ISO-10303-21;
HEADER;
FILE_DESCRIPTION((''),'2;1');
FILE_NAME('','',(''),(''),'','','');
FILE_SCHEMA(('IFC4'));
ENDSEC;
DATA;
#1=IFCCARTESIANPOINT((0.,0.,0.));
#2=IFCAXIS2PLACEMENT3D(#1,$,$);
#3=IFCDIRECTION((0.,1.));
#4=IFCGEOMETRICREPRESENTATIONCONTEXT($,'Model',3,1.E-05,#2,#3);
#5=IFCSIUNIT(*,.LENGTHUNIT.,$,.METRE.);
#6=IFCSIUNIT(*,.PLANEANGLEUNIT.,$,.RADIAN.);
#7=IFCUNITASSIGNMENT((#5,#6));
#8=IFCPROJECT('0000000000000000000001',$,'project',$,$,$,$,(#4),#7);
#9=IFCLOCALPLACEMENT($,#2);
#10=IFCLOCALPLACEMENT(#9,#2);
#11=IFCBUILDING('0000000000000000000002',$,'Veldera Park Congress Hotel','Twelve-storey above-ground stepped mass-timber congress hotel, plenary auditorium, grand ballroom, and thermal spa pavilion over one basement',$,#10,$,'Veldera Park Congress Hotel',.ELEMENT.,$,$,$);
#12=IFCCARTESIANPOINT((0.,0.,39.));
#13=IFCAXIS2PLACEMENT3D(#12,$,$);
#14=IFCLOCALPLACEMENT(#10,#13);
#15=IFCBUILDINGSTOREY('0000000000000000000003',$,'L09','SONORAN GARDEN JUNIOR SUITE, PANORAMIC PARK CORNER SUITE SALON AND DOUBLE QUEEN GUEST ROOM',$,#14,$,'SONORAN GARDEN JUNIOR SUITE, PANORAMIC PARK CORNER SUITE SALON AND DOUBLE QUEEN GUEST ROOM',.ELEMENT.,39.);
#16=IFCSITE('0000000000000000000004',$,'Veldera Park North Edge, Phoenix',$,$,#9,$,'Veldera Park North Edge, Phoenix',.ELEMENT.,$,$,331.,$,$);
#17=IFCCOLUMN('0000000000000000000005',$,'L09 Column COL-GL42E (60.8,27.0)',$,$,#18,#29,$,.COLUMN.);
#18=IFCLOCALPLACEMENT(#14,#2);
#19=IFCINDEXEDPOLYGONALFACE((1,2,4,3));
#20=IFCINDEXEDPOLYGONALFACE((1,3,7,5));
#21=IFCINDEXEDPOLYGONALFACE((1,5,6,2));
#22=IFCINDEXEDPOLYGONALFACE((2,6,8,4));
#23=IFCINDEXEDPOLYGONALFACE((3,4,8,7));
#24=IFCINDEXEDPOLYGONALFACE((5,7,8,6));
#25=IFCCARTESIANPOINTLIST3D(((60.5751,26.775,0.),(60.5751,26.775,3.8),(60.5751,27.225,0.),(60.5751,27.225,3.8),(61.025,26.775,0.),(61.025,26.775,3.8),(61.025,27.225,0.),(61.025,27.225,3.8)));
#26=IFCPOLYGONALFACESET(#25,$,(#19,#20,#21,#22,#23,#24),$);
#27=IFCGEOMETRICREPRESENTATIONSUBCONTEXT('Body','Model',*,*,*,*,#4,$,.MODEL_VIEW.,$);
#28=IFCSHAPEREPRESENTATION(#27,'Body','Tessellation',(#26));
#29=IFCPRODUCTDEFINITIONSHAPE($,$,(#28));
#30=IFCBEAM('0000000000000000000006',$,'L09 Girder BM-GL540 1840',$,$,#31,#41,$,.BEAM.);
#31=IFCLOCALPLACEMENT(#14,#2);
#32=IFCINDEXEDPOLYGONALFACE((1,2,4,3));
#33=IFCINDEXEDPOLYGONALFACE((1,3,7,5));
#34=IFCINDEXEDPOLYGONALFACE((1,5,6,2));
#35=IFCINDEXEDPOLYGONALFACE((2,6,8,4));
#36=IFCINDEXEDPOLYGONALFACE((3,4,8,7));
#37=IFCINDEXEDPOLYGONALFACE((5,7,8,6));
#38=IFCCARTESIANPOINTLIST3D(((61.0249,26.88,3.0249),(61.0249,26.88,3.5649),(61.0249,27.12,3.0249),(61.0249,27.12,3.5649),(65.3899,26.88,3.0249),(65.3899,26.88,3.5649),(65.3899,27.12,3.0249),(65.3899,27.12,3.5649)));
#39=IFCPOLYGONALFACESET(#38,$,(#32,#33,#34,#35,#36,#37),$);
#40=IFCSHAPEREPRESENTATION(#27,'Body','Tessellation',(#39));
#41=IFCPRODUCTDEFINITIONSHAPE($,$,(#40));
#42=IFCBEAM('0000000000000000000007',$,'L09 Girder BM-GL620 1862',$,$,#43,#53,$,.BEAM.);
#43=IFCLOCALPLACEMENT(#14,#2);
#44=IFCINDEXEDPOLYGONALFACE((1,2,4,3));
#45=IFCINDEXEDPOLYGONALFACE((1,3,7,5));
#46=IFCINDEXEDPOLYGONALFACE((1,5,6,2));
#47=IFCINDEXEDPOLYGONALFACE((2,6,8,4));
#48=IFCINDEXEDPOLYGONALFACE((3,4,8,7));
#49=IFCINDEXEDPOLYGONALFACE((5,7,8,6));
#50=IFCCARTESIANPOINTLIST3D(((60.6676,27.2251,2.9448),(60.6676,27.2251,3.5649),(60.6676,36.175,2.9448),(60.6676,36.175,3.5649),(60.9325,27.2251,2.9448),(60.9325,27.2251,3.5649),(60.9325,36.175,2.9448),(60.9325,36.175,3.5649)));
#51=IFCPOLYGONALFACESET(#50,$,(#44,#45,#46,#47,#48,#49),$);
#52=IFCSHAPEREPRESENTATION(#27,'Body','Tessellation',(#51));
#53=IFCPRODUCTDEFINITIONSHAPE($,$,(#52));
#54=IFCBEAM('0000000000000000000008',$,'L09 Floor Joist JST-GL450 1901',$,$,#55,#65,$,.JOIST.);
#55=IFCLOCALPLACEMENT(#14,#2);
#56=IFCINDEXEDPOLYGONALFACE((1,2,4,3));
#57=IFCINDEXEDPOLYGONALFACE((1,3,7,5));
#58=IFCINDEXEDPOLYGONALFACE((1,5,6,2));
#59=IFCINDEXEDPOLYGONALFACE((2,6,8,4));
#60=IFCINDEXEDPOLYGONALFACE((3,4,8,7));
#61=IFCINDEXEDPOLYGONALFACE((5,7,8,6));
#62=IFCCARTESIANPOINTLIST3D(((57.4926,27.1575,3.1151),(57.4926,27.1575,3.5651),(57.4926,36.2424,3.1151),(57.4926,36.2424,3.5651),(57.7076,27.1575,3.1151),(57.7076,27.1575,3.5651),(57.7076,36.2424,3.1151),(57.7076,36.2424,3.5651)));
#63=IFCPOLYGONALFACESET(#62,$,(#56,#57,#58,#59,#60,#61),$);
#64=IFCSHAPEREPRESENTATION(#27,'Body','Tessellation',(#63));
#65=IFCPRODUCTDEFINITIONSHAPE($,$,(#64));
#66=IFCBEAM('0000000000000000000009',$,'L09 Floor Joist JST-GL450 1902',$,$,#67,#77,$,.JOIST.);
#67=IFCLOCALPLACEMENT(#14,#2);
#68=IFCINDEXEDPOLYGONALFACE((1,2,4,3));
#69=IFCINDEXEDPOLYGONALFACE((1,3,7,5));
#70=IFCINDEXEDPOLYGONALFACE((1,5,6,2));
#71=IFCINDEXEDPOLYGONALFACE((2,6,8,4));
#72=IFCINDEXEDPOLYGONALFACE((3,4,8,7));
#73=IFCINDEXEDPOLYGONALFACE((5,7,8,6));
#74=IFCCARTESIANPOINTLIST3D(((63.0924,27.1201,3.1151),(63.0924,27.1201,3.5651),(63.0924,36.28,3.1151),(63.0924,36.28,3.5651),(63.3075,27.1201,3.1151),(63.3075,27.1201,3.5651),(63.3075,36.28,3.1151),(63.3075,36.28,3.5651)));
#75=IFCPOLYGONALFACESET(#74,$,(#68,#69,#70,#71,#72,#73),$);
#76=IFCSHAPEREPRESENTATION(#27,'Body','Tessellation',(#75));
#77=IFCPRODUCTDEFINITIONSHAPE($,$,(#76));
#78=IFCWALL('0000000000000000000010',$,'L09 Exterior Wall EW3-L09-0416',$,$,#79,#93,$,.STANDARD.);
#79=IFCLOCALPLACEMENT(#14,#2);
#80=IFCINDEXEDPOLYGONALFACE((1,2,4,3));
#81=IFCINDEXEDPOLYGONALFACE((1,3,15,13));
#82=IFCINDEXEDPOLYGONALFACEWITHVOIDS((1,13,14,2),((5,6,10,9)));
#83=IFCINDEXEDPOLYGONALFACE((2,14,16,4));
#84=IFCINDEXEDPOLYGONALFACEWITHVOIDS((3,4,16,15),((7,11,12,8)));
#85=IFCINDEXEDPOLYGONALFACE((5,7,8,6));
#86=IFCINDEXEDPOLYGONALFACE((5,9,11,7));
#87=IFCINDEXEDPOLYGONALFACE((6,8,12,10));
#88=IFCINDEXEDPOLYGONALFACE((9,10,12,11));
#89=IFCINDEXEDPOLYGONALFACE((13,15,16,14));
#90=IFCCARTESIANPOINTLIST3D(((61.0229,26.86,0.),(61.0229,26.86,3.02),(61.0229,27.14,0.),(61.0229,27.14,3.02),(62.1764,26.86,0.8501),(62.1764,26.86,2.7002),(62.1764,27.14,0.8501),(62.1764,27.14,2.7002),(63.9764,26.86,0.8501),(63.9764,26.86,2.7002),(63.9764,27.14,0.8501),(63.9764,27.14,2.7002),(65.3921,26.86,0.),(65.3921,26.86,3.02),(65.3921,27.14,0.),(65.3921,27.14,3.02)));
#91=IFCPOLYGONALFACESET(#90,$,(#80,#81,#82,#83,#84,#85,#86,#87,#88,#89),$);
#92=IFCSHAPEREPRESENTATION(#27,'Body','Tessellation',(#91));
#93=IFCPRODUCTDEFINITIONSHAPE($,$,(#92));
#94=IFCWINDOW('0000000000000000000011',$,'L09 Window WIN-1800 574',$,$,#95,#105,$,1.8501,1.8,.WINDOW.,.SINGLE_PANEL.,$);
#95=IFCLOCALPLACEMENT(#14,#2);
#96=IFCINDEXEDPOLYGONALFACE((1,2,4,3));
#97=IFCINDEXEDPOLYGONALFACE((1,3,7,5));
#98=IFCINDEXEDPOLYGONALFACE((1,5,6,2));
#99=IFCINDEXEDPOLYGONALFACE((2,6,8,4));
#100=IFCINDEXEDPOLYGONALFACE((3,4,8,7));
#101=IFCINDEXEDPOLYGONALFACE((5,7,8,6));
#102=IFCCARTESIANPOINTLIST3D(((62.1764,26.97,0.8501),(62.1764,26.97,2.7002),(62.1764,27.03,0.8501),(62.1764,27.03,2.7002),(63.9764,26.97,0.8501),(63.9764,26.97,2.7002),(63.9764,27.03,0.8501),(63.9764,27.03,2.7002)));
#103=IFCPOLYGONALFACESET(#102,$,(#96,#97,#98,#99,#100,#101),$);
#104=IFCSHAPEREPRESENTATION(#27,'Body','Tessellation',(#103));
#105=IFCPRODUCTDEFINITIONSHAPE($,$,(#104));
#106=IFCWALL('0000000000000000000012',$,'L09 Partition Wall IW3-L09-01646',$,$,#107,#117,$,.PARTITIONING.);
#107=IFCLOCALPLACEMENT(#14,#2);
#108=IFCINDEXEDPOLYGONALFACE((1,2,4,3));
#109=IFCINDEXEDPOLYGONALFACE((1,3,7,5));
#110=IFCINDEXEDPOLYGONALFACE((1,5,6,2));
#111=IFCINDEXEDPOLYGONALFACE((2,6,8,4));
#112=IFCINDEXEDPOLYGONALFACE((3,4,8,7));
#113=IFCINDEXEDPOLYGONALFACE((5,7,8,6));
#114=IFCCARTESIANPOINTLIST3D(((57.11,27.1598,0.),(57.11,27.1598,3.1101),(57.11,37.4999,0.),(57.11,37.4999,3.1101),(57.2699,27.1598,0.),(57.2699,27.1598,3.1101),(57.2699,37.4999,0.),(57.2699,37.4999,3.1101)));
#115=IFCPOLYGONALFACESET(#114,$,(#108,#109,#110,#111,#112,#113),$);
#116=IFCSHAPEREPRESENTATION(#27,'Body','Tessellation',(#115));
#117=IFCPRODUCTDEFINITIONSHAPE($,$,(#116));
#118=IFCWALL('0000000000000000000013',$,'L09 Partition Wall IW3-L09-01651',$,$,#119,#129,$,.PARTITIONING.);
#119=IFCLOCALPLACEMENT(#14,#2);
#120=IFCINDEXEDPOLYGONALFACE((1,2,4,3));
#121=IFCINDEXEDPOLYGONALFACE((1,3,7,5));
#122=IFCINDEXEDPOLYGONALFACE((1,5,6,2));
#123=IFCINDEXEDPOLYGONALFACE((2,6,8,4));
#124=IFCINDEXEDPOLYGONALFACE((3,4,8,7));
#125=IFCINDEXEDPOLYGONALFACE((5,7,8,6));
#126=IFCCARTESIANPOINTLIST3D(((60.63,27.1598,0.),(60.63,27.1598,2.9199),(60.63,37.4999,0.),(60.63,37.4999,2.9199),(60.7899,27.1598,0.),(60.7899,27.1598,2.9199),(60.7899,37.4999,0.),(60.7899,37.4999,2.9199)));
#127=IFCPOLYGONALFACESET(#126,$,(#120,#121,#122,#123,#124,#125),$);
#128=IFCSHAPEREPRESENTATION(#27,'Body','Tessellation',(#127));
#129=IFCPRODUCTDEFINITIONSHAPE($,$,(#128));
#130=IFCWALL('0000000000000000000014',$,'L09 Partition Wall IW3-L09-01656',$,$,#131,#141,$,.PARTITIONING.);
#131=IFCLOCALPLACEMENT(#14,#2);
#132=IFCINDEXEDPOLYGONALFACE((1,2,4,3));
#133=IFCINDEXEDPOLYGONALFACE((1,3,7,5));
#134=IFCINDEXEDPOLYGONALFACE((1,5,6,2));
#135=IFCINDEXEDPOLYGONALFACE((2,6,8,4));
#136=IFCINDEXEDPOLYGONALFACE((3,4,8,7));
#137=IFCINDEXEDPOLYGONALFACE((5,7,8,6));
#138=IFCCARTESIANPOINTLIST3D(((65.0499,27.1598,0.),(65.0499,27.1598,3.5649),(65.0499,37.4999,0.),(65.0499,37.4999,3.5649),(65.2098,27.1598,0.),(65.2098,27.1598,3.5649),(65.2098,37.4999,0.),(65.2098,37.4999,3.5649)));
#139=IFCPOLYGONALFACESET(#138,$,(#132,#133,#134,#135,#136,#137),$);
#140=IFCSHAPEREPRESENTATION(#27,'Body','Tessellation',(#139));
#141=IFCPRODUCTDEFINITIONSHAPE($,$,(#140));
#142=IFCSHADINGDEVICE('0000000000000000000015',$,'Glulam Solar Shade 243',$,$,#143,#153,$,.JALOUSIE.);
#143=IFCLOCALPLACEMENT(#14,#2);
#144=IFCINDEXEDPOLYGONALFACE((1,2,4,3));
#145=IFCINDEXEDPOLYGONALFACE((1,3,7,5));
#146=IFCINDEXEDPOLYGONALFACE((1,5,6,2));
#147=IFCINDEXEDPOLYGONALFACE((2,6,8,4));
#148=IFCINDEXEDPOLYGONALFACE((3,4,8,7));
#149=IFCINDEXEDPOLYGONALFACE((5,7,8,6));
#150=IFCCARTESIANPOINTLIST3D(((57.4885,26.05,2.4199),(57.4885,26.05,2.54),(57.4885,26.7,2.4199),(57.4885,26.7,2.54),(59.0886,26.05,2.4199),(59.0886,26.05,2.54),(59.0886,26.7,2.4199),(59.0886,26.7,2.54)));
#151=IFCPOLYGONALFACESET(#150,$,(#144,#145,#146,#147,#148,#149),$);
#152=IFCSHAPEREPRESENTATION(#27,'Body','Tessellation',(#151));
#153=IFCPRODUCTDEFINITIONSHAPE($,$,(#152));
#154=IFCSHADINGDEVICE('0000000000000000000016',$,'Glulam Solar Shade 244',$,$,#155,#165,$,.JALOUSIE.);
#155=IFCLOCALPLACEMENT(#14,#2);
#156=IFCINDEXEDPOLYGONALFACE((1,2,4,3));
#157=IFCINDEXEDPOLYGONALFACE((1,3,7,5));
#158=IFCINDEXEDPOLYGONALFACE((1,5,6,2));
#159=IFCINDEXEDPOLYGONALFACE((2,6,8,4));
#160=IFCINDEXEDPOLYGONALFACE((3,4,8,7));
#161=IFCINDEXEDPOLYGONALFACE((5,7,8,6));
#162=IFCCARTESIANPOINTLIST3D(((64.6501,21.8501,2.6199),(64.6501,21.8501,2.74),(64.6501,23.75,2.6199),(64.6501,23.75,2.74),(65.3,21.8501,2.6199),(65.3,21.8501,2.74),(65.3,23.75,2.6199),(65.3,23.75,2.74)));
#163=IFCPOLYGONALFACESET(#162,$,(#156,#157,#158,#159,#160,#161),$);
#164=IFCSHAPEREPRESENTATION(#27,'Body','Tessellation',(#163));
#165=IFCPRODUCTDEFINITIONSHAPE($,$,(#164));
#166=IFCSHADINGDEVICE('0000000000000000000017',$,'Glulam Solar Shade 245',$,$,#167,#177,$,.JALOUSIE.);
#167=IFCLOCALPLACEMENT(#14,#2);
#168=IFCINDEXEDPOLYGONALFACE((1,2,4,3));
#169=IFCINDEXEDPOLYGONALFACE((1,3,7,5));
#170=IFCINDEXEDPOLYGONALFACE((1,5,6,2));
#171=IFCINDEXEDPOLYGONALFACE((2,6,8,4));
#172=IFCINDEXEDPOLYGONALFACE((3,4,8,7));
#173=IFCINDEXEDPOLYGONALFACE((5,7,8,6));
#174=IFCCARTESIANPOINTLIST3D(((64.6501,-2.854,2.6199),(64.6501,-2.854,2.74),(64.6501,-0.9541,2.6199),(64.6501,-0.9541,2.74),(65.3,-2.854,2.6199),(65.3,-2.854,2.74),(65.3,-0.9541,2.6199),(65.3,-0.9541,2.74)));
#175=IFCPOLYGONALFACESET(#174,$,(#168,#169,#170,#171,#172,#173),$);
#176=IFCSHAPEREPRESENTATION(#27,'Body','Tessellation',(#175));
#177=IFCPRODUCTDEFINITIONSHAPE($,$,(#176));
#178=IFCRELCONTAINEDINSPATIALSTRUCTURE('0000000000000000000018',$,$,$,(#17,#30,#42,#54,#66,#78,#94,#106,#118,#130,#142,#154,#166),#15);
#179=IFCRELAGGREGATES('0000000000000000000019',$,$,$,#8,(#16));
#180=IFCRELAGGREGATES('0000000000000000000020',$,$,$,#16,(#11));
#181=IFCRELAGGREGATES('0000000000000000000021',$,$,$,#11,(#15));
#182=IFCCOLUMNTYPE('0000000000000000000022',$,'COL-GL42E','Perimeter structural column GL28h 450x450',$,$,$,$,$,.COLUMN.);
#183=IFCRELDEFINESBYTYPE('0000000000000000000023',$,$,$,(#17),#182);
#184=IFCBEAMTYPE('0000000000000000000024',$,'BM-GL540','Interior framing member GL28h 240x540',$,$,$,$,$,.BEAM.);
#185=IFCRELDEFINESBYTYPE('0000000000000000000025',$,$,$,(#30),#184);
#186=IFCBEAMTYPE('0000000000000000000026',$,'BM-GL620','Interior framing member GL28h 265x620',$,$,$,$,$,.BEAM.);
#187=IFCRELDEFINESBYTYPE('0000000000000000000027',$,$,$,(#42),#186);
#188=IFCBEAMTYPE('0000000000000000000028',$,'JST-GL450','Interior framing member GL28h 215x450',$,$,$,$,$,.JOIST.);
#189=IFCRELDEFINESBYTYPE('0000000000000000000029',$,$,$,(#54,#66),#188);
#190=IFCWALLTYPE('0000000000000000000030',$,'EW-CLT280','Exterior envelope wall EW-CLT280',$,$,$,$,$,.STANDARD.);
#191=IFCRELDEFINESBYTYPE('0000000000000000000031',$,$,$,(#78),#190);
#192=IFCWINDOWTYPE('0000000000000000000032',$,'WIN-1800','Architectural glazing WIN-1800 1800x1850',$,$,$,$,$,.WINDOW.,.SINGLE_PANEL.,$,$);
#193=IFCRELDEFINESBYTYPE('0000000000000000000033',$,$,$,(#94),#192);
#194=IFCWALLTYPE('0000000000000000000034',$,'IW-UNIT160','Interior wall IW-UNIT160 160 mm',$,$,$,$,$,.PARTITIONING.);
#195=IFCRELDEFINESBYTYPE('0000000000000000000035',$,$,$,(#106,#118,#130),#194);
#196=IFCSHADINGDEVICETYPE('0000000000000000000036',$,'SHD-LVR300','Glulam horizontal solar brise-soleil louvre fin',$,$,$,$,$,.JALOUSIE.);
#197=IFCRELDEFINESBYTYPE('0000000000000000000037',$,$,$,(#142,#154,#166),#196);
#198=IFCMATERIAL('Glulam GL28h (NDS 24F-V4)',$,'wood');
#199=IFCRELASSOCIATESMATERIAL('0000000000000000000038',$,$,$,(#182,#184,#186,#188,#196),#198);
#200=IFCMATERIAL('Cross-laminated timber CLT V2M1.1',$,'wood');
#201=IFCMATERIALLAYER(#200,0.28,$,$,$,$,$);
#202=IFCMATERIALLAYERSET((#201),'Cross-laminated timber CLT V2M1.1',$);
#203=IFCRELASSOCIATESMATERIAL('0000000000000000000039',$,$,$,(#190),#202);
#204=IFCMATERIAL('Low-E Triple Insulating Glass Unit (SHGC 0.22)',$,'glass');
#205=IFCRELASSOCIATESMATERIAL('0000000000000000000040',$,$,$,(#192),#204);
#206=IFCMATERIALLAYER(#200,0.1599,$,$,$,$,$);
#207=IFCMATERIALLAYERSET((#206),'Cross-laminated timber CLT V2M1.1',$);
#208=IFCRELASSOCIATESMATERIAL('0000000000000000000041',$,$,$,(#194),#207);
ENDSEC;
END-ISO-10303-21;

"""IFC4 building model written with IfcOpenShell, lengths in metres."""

from ifc_helpers import new_model, si_unit, direction, frame, frame_2d, origin, origin_2d, place, context, subcontext, project, spatial, rectangle, extrude, material, layer, layer_set, material_profile, profile_set, type_object, element, fill, save


model = new_model("IFC4")

# Units and contexts
model_context = context("Model", 3, precision=1e-05, world=origin(), true_north=direction((0.0, 1.0)))
body_context = subcontext(model_context, "Body", "Model", "MODEL_VIEW")
ifc_project = project(units=[si_unit("LENGTHUNIT", "METRE"), si_unit("PLANEANGLEUNIT", "RADIAN")], contexts=[model_context])

# Site, building, storey
site_placement = place(None, origin())
site = spatial("IfcSite", under=ifc_project, at=site_placement, Name="Veldera Park North Edge, Phoenix", LongName="Veldera Park North Edge, Phoenix", CompositionType="ELEMENT", RefElevation=331.0)
building_placement = place(site_placement, origin())
building = spatial("IfcBuilding", under=site, at=building_placement, Name="Veldera Park Congress Hotel", Description="Twelve-storey above-ground stepped mass-timber congress hotel, plenary auditorium, grand ballroom, and thermal spa pavilion over one basement", LongName="Veldera Park Congress Hotel", CompositionType="ELEMENT")
storey_placement = place(building_placement, frame((0.0, 0.0, 39.0)))
storey = spatial("IfcBuildingStorey", under=building, at=storey_placement, Name="L09", Description="SONORAN GARDEN JUNIOR SUITE, PANORAMIC PARK CORNER SUITE SALON AND DOUBLE QUEEN GUEST ROOM", LongName="SONORAN GARDEN JUNIOR SUITE, PANORAMIC PARK CORNER SUITE SALON AND DOUBLE QUEEN GUEST ROOM", CompositionType="ELEMENT", Elevation=39.0)

# Column
ifc_material_1 = material(Name="Glulam GL28h (NDS 24F-V4)", Category="wood")
ifc_material_profile_1 = material_profile(ifc_material_1, rectangle(XDim=0.45, YDim=0.45, at=origin_2d()), Name="GL28h 450x450")
ifc_profile_set_1 = profile_set([ifc_material_profile_1], Name="Glulam GL28h (NDS 24F-V4)")
column_type = type_object("IfcColumnType", Name="COL-GL42E", Description="Perimeter structural column GL28h 450x450", PredefinedType="COLUMN", material=ifc_profile_set_1)
column_placement = place(storey_placement, frame((60.8, 27.0, 0.0), z_axis=(0.0, 0.0, 1.0), x_axis=(1.0, 0.0, 0.0)))
element("IfcColumn", 1, at=column_placement, inside=storey, type_object=column_type, Name="L09 Column COL-GL42E (60.8,27.0)", PredefinedType="COLUMN", context=body_context, shape_type="SweptSolid", body=[
    extrude(rectangle(XDim=0.45, YDim=0.45, at=origin_2d()), origin(), (0.0, 0.0, 1.0), 3.8),
])

# Beams
ifc_material_profile_2 = material_profile(ifc_material_1, rectangle(XDim=0.24, YDim=0.54, at=origin_2d()), Name="GL28h 240x540")
ifc_profile_set_2 = profile_set([ifc_material_profile_2], Name="Glulam GL28h (NDS 24F-V4)")
beam_type_1 = type_object("IfcBeamType", Name="BM-GL540", Description="Interior framing member GL28h 240x540", PredefinedType="BEAM", material=ifc_profile_set_2)
beam_1_placement = place(storey_placement, frame((61.0249, 27.0, 3.2949), z_axis=(1.0, 0.0, 0.0), x_axis=(0.0, 1.0, 0.0)))
element("IfcBeam", 2, at=beam_1_placement, inside=storey, type_object=beam_type_1, Name="L09 Girder BM-GL540 1840", PredefinedType="BEAM", context=body_context, shape_type="SweptSolid", body=[
    extrude(rectangle(XDim=0.24, YDim=0.54, at=origin_2d()), origin(), (0.0, 0.0, 1.0), 4.365),
])
ifc_material_profile_3 = material_profile(ifc_material_1, rectangle(XDim=0.2649, YDim=0.6201, at=origin_2d()), Name="GL28h 265x620")
ifc_profile_set_3 = profile_set([ifc_material_profile_3], Name="Glulam GL28h (NDS 24F-V4)")
beam_type_2 = type_object("IfcBeamType", Name="BM-GL620", Description="Interior framing member GL28h 265x620", PredefinedType="BEAM", material=ifc_profile_set_3)
beam_2_placement = place(storey_placement, frame((60.8, 27.2251, 3.2549), z_axis=(0.0, 1.0, 0.0), x_axis=(-1.0, 0.0, 0.0)))
element("IfcBeam", 3, at=beam_2_placement, inside=storey, type_object=beam_type_2, Name="L09 Girder BM-GL620 1862", PredefinedType="BEAM", context=body_context, shape_type="SweptSolid", body=[
    extrude(rectangle(XDim=0.2649, YDim=0.6201, at=origin_2d()), origin(), (0.0, 0.0, 1.0), 8.95),
])
ifc_material_profile_4 = material_profile(ifc_material_1, rectangle(XDim=0.2151, YDim=0.45, at=origin_2d()), Name="GL28h 215x450")
ifc_profile_set_4 = profile_set([ifc_material_profile_4], Name="Glulam GL28h (NDS 24F-V4)")
beam_type_3 = type_object("IfcBeamType", Name="JST-GL450", Description="Interior framing member GL28h 215x450", PredefinedType="JOIST", material=ifc_profile_set_4)
beam_3_placement = place(storey_placement, frame((57.6001, 27.1575, 3.3401), z_axis=(0.0, 1.0, 0.0), x_axis=(-1.0, 0.0, 0.0)))
element("IfcBeam", 4, at=beam_3_placement, inside=storey, type_object=beam_type_3, Name="L09 Floor Joist JST-GL450 1901", PredefinedType="JOIST", context=body_context, shape_type="SweptSolid", body=[
    extrude(rectangle(XDim=0.2151, YDim=0.45, at=origin_2d()), origin(), (0.0, 0.0, 1.0), 9.085),
])
beam_4_placement = place(storey_placement, frame((63.2, 27.1201, 3.3401), z_axis=(0.0, 1.0, 0.0), x_axis=(-1.0, 0.0, 0.0)))
element("IfcBeam", 5, at=beam_4_placement, inside=storey, type_object=beam_type_3, Name="L09 Floor Joist JST-GL450 1902", PredefinedType="JOIST", context=body_context, shape_type="SweptSolid", body=[
    extrude(rectangle(XDim=0.2151, YDim=0.45, at=origin_2d()), origin(), (0.0, 0.0, 1.0), 9.1599),
])

# Wall, opening, window
ifc_material_2 = material(Name="Cross-laminated timber CLT V2M1.1", Category="wood")
ifc_layer_1 = layer(ifc_material_2, 0.28)
ifc_layer_set_1 = layer_set([ifc_layer_1], Name="Cross-laminated timber CLT V2M1.1")
wall_type_1 = type_object("IfcWallType", Name="EW-CLT280", Description="Exterior envelope wall EW-CLT280", PredefinedType="STANDARD", material=ifc_layer_set_1)
wall_1_placement = place(storey_placement, frame((61.0229, 27.0, 0.0), z_axis=(0.0, 0.0, 1.0), x_axis=(1.0, 0.0, 0.0)))
wall_1 = element("IfcWall", 6, at=wall_1_placement, inside=storey, type_object=wall_type_1, Name="L09 Exterior Wall EW3-L09-0416", PredefinedType="STANDARD", context=body_context, shape_type="SweptSolid", body=[
    extrude(rectangle(XDim=4.3691, YDim=0.28, at=frame_2d((2.1846, 0.0))), origin(), (0.0, 0.0, 1.0), 3.02),
])
opening_placement = place(wall_1_placement, frame((1.1536, 0.0, 0.8501)))
opening = element("IfcOpeningElement", 7, at=opening_placement, cuts=wall_1, PredefinedType="OPENING", context=body_context, shape_type="SweptSolid", body=[
    extrude(rectangle(XDim=1.8, YDim=1.8501, at=frame_2d((0.8999, 0.925))), frame((0.0, 0.1521, 0.0), z_axis=(0.0, -1.0, 0.0), x_axis=(1.0, 0.0, 0.0)), (0.0, 0.0, 1.0), 0.304),
])
ifc_material_3 = material(Name="Low-E Triple Insulating Glass Unit (SHGC 0.22)", Category="glass")
window_type = type_object("IfcWindowType", Name="WIN-1800", Description="Architectural glazing WIN-1800 1800x1850", PartitioningType="SINGLE_PANEL", PredefinedType="WINDOW", material=ifc_material_3)
window_placement = place(opening_placement, origin())
window = element("IfcWindow", 8, at=window_placement, inside=storey, type_object=window_type, Name="L09 Window WIN-1800 574", OverallHeight=1.8501, OverallWidth=1.8, PartitioningType="SINGLE_PANEL", PredefinedType="WINDOW", context=body_context, shape_type="SweptSolid", body=[
    extrude(rectangle(XDim=1.8, YDim=1.8501, at=frame_2d((0.8999, 0.925))), frame((0.0, 0.03, 0.0), z_axis=(0.0, -1.0, 0.0), x_axis=(1.0, 0.0, 0.0)), (0.0, 0.0, 1.0), 0.0601),
])
fill(opening, window)

# Walls
ifc_layer_2 = layer(ifc_material_2, 0.1599)
ifc_layer_set_2 = layer_set([ifc_layer_2], Name="Cross-laminated timber CLT V2M1.1")
wall_type_2 = type_object("IfcWallType", Name="IW-UNIT160", Description="Interior wall IW-UNIT160 160 mm", PredefinedType="PARTITIONING", material=ifc_layer_set_2)
wall_2_placement = place(storey_placement, frame((57.1899, 27.1599, 0.0), z_axis=(0.0, 0.0, 1.0), x_axis=(0.0, 1.0, 0.0)))
element("IfcWall", 9, at=wall_2_placement, inside=storey, type_object=wall_type_2, Name="L09 Partition Wall IW3-L09-01646", PredefinedType="PARTITIONING", context=body_context, shape_type="SweptSolid", body=[
    extrude(rectangle(XDim=10.3401, YDim=0.1599, at=frame_2d((5.1699, 0.0))), origin(), (0.0, 0.0, 1.0), 3.1101),
])
wall_3_placement = place(storey_placement, frame((60.71, 27.1599, 0.0), z_axis=(0.0, 0.0, 1.0), x_axis=(0.0, 1.0, 0.0)))
element("IfcWall", 10, at=wall_3_placement, inside=storey, type_object=wall_type_2, Name="L09 Partition Wall IW3-L09-01651", PredefinedType="PARTITIONING", context=body_context, shape_type="SweptSolid", body=[
    extrude(rectangle(XDim=10.3401, YDim=0.1599, at=frame_2d((5.1699, 0.0))), origin(), (0.0, 0.0, 1.0), 2.9199),
])
wall_4_placement = place(storey_placement, frame((65.1299, 27.1599, 0.0), z_axis=(0.0, 0.0, 1.0), x_axis=(0.0, 1.0, 0.0)))
element("IfcWall", 11, at=wall_4_placement, inside=storey, type_object=wall_type_2, Name="L09 Partition Wall IW3-L09-01656", PredefinedType="PARTITIONING", context=body_context, shape_type="SweptSolid", body=[
    extrude(rectangle(XDim=10.3401, YDim=0.1599, at=frame_2d((5.1699, 0.0))), origin(), (0.0, 0.0, 1.0), 3.5649),
])

# Shading devices
shading_device_type = type_object("IfcShadingDeviceType", Name="SHD-LVR300", Description="Glulam horizontal solar brise-soleil louvre fin", PredefinedType="JALOUSIE", material=ifc_material_1)
shading_device_placement = place(storey_placement, frame((58.2886, 26.375, 2.4199), z_axis=(0.0, 0.0, 1.0), x_axis=(1.0, 0.0, 0.0)))
element("IfcShadingDevice", 12, at=shading_device_placement, inside=storey, type_object=shading_device_type, Name="Glulam Solar Shade 243", PredefinedType="JALOUSIE", context=body_context, shape_type="SweptSolid", body=[
    extrude(rectangle(XDim=1.6001, YDim=0.6499, at=origin_2d()), origin(), (0.0, 0.0, 1.0), 0.1201),
])
for number, where, z_axis, x_axis, name in (
    (13, (64.9751, 22.8, 2.6199), (0.0, 0.0, 1.0), (0.0, -1.0, 0.0), "Glulam Solar Shade 244"),
    (14, (64.9751, -1.9041, 2.6199), (0.0, 0.0, 1.0), (0.0, -1.0, 0.0), "Glulam Solar Shade 245"),
):
    element("IfcShadingDevice", number, at=place(storey_placement, frame(where, z_axis=z_axis, x_axis=x_axis)), inside=storey, type_object=shading_device_type, Name=name, PredefinedType="JALOUSIE", context=body_context, shape_type="SweptSolid", body=[
        extrude(rectangle(XDim=1.8999, YDim=0.6499, at=origin_2d()), origin(), (0.0, 0.0, 1.0), 0.1201),
    ])

save(model, "model.ifc")
